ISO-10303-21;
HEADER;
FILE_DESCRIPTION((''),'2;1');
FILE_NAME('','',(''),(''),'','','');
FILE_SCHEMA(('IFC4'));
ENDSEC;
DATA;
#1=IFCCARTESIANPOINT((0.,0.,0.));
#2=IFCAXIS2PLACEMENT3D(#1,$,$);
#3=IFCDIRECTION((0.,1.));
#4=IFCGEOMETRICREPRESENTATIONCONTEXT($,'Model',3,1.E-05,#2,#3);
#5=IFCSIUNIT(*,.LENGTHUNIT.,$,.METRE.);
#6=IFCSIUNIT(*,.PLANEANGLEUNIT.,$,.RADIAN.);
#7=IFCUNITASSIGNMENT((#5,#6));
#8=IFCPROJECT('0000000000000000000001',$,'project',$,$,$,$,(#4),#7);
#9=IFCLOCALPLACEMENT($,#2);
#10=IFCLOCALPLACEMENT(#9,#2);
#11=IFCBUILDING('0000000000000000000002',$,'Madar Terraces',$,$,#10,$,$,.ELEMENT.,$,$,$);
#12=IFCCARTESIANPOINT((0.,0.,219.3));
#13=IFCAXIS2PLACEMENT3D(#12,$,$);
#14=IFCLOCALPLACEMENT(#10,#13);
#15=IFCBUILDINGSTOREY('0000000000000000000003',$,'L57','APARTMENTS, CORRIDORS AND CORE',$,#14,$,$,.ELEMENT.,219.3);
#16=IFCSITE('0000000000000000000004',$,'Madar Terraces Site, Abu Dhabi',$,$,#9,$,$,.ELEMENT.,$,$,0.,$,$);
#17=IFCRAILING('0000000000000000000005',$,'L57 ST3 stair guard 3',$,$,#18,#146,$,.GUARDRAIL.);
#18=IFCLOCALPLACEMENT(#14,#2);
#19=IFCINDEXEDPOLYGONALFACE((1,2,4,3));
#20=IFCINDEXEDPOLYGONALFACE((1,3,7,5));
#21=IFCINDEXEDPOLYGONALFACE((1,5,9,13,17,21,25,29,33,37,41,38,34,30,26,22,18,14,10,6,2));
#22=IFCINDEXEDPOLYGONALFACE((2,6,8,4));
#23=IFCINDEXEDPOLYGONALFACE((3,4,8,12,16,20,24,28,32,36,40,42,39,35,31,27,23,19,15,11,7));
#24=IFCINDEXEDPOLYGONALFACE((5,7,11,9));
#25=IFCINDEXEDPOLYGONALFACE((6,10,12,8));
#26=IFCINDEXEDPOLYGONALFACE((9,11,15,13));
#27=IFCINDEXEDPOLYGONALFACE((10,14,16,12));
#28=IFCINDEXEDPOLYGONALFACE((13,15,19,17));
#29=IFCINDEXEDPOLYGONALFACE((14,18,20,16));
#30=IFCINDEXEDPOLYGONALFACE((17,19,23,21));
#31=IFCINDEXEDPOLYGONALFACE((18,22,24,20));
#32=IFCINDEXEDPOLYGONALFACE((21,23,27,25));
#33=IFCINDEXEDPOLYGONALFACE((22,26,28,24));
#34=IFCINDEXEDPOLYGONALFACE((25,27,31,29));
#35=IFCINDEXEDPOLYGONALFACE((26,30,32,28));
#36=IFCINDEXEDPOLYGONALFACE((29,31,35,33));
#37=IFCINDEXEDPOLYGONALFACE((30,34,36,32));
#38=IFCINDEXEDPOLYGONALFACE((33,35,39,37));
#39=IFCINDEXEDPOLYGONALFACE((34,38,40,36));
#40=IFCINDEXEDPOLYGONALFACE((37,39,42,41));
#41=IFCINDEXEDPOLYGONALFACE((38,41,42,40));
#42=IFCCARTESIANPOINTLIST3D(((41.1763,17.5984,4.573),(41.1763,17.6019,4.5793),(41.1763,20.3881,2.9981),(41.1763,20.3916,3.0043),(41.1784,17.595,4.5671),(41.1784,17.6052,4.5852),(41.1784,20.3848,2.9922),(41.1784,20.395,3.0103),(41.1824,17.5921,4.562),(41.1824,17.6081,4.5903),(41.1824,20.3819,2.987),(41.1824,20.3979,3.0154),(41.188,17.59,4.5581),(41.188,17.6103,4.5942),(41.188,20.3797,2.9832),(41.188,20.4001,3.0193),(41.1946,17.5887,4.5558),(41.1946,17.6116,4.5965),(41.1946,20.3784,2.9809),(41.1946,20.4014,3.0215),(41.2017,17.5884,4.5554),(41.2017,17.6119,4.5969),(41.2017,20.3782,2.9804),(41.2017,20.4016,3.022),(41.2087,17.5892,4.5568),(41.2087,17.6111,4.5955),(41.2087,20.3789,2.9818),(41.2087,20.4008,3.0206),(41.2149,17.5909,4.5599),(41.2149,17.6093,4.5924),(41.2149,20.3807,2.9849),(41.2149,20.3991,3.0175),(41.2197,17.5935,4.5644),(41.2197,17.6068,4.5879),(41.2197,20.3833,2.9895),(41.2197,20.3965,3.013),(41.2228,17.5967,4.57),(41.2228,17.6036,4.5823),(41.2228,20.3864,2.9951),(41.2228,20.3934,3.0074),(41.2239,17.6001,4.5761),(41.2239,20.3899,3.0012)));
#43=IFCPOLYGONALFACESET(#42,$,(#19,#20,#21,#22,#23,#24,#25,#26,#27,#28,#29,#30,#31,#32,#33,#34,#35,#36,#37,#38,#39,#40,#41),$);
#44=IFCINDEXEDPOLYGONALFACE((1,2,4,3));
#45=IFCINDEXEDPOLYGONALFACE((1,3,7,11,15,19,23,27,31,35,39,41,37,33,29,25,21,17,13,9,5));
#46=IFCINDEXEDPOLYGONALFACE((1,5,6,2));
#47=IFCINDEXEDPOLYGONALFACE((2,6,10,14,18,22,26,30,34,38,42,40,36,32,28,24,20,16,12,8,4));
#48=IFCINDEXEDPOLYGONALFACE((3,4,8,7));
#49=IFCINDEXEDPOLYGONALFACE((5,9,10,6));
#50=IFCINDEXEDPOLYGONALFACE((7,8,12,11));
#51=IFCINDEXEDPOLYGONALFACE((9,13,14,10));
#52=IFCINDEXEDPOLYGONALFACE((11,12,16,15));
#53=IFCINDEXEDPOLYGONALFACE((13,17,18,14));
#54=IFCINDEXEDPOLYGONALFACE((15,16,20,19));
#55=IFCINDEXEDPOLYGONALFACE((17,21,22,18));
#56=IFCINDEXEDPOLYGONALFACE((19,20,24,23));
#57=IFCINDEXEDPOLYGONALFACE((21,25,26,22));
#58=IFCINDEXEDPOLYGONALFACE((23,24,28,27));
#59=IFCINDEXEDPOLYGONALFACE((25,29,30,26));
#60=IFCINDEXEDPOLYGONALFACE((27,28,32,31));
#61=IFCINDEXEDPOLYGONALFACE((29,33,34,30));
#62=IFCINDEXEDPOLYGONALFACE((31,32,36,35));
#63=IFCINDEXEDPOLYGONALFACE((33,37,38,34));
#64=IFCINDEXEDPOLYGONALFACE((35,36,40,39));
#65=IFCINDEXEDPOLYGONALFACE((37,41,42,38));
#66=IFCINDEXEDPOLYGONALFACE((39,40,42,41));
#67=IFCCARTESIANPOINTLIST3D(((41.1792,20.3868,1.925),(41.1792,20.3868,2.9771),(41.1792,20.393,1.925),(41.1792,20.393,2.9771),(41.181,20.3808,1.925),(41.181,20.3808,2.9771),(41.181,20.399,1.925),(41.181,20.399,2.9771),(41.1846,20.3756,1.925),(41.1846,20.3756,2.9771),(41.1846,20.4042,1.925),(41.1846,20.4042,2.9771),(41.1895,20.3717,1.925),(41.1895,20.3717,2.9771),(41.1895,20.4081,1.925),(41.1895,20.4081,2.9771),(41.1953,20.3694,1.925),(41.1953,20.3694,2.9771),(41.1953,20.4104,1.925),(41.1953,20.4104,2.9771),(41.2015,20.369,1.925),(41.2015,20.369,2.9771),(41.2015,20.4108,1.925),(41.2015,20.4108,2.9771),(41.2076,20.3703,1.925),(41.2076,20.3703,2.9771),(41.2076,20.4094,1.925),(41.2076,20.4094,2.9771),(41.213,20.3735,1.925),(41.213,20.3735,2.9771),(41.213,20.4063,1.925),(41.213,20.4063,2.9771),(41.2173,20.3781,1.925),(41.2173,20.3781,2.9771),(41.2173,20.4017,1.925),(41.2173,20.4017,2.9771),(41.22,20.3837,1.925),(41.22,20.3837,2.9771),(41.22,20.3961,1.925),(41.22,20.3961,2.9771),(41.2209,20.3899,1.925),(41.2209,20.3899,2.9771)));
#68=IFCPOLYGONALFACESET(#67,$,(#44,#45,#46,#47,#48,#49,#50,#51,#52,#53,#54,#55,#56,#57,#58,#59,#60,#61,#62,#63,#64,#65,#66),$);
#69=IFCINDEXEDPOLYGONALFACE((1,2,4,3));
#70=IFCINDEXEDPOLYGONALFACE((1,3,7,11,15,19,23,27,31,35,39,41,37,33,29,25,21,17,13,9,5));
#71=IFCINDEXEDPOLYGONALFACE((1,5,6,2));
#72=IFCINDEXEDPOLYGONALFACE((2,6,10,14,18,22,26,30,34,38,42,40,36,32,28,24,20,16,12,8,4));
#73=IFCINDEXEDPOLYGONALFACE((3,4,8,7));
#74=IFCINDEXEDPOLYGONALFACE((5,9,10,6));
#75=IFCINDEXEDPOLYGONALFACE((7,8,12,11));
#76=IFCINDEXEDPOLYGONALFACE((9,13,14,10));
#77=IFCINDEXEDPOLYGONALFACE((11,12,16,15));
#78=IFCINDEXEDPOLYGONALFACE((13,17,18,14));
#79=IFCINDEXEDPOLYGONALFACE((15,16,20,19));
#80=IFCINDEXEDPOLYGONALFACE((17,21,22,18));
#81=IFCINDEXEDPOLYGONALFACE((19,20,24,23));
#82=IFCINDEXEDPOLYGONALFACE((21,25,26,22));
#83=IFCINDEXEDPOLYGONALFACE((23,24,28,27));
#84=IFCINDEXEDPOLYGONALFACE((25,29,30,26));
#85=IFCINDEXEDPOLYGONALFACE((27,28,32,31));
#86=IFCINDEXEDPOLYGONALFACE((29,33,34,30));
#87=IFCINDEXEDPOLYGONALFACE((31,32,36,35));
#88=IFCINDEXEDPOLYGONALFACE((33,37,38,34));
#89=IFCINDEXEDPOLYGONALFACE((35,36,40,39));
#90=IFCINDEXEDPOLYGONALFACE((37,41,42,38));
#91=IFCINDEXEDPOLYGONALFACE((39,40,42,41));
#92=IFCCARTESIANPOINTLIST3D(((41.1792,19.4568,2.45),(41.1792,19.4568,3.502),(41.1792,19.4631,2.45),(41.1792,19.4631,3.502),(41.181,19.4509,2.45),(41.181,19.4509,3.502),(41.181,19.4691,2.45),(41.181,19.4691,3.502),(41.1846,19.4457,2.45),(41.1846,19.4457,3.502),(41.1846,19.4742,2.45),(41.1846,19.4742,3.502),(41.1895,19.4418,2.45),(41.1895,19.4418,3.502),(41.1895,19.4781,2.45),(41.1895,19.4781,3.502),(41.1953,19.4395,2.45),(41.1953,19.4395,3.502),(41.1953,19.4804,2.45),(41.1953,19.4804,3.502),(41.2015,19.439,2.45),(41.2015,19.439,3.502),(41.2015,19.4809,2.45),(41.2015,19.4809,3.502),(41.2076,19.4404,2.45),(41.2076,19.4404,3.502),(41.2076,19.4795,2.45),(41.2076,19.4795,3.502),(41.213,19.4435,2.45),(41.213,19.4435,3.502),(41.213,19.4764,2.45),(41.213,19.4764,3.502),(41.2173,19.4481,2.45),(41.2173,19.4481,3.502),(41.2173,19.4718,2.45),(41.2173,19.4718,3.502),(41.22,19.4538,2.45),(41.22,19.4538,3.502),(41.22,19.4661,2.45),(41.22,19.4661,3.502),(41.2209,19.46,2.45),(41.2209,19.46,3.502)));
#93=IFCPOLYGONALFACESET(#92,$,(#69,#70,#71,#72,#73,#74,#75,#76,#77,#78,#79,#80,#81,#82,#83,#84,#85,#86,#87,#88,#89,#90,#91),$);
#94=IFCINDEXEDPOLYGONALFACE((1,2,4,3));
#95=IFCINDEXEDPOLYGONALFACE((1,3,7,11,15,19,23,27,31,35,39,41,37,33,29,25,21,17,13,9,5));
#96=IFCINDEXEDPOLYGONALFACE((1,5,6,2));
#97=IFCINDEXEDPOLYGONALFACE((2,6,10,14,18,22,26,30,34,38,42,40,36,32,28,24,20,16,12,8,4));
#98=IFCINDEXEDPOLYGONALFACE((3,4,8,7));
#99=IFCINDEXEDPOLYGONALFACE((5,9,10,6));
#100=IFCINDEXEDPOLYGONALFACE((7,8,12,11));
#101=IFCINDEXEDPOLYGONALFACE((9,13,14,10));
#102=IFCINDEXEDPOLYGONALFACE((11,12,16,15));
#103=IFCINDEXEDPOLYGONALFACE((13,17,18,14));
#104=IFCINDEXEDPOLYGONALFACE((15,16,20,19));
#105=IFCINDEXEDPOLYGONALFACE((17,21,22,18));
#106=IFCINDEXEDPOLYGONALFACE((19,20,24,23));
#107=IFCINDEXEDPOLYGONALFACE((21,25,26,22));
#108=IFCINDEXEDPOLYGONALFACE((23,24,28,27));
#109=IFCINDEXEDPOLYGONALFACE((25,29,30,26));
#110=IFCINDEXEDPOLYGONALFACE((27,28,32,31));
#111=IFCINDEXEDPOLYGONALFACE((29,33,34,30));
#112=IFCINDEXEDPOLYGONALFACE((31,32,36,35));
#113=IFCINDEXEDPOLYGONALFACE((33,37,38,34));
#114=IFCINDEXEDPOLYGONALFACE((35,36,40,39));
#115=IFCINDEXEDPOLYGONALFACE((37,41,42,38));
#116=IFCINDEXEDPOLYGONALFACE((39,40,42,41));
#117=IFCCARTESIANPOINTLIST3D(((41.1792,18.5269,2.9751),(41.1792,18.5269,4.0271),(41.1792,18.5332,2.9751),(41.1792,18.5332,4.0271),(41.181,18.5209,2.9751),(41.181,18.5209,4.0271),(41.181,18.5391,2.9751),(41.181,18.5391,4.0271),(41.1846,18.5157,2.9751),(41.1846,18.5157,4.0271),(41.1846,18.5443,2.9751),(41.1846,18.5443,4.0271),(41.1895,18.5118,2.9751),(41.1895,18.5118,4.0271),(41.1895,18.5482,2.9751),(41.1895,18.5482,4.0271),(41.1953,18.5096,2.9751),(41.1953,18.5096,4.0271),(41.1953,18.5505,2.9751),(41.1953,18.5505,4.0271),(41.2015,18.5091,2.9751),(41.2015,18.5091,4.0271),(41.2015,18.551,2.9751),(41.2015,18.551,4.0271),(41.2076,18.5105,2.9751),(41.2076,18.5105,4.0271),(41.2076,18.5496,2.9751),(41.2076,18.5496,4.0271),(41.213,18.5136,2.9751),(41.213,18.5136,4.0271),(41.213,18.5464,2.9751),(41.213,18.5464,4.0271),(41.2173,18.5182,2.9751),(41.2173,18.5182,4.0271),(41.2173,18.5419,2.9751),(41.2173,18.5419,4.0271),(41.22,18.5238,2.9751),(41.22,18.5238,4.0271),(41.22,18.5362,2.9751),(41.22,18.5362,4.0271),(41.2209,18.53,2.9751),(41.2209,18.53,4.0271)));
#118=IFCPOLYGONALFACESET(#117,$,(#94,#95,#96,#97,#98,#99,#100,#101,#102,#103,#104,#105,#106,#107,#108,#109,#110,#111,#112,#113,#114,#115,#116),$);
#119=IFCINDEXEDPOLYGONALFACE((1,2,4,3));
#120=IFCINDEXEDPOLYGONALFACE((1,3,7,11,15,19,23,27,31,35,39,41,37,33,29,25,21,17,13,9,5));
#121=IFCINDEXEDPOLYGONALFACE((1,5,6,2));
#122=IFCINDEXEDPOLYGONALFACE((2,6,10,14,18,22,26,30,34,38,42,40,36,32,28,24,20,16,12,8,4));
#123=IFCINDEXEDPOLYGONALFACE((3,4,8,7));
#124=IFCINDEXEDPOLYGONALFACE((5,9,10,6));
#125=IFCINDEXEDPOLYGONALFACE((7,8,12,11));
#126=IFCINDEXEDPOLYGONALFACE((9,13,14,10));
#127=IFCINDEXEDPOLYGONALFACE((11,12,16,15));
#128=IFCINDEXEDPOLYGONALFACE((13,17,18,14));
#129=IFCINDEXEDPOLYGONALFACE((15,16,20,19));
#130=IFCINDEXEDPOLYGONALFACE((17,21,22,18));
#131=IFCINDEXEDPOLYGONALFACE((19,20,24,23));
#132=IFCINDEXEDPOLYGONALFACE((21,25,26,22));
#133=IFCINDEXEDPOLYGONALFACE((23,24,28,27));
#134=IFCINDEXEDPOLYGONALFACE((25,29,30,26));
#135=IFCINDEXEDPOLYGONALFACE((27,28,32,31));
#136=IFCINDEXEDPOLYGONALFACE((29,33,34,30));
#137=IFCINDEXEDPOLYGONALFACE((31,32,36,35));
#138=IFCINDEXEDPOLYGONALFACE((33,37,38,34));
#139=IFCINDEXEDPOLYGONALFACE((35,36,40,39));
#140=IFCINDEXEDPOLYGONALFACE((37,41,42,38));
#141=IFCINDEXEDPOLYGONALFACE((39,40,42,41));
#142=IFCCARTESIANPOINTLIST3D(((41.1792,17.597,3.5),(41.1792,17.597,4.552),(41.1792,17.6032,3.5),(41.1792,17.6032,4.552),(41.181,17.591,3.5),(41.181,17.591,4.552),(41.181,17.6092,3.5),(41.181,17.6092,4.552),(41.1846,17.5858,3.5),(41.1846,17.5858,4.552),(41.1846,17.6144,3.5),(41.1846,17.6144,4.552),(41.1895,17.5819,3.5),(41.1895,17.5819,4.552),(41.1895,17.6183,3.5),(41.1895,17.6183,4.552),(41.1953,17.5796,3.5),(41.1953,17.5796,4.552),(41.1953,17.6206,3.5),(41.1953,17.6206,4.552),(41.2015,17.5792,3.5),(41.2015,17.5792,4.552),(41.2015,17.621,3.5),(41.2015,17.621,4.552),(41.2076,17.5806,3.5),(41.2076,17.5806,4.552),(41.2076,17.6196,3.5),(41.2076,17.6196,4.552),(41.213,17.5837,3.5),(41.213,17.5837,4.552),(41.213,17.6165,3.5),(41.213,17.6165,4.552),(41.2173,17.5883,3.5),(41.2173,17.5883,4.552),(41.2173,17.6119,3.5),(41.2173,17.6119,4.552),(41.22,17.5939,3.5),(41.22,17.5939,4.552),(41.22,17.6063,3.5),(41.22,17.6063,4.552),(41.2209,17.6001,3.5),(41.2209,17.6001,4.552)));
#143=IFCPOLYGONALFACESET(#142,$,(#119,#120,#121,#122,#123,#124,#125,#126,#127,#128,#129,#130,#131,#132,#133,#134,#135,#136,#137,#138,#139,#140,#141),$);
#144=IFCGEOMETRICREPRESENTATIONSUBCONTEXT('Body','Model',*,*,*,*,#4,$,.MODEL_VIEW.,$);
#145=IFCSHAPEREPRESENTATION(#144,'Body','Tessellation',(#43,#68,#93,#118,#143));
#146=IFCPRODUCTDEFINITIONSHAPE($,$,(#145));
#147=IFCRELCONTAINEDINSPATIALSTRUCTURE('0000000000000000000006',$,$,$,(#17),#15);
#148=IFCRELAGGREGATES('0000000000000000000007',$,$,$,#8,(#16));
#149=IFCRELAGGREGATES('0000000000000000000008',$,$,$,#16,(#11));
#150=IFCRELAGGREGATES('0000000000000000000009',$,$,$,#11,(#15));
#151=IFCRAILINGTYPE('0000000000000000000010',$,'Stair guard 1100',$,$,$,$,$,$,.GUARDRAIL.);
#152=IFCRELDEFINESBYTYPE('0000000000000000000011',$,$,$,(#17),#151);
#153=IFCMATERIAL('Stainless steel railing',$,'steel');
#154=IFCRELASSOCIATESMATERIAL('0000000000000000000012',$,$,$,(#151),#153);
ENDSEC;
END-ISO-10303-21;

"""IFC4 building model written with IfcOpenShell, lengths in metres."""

from ifc_helpers import new_model, si_unit, direction, frame, origin, origin_2d, place, context, subcontext, project, spatial, circle, extrude, material, type_object, element, save


model = new_model("IFC4")

# Units and contexts
model_context = context("Model", 3, precision=1e-05, world=origin(), true_north=direction((0.0, 1.0)))
body_context = subcontext(model_context, "Body", "Model", "MODEL_VIEW")
ifc_project = project(units=[si_unit("LENGTHUNIT", "METRE"), si_unit("PLANEANGLEUNIT", "RADIAN")], contexts=[model_context])

# Site, building, storey
site_placement = place(None, origin())
site = spatial("IfcSite", under=ifc_project, at=site_placement, Name="Madar Terraces Site, Abu Dhabi", CompositionType="ELEMENT", RefElevation=0.0)
building_placement = place(site_placement, origin())
building = spatial("IfcBuilding", under=site, at=building_placement, Name="Madar Terraces", CompositionType="ELEMENT")
storey_placement = place(building_placement, frame((0.0, 0.0, 219.3)))
storey = spatial("IfcBuildingStorey", under=building, at=storey_placement, Name="L57", Description="APARTMENTS, CORRIDORS AND CORE", CompositionType="ELEMENT", Elevation=219.3)

# Railing
ifc_material_1 = material(Name="Stainless steel railing", Category="steel")
railing_type_1 = type_object("IfcRailingType", Name="Stair guard 1100", PredefinedType="GUARDRAIL", material=ifc_material_1)
railing_1_placement = place(storey_placement, frame((41.2, 20.3899, 1.925)))
element("IfcRailing", 1, at=railing_1_placement, inside=storey, type_object=railing_type_1, Name="L57 ST3 stair guard 3", PredefinedType="GUARDRAIL", context=body_context, shape_type="SweptSolid", body=[
    extrude(circle(Radius=0.0239, at=origin_2d()), frame((0.0, 0.0, 1.0762), z_axis=(0.0, -0.870815, 0.49161), x_axis=(1.0, 0.0, 0.0)), (0.0, 0.0, 1.0), 3.2036),
    extrude(circle(Radius=0.021, at=origin_2d()), origin(), (0.0, 0.0, 1.0), 1.052),
    extrude(circle(Radius=0.021, at=origin_2d()), frame((0.0, -0.9299, 0.5249)), (0.0, 0.0, 1.0), 1.052),
    extrude(circle(Radius=0.021, at=origin_2d()), frame((0.0, -1.8599, 1.05)), (0.0, 0.0, 1.0), 1.052),
    extrude(circle(Radius=0.021, at=origin_2d()), frame((0.0, -2.7898, 1.575)), (0.0, 0.0, 1.0), 1.052),
])

save(model, "model.ifc")
